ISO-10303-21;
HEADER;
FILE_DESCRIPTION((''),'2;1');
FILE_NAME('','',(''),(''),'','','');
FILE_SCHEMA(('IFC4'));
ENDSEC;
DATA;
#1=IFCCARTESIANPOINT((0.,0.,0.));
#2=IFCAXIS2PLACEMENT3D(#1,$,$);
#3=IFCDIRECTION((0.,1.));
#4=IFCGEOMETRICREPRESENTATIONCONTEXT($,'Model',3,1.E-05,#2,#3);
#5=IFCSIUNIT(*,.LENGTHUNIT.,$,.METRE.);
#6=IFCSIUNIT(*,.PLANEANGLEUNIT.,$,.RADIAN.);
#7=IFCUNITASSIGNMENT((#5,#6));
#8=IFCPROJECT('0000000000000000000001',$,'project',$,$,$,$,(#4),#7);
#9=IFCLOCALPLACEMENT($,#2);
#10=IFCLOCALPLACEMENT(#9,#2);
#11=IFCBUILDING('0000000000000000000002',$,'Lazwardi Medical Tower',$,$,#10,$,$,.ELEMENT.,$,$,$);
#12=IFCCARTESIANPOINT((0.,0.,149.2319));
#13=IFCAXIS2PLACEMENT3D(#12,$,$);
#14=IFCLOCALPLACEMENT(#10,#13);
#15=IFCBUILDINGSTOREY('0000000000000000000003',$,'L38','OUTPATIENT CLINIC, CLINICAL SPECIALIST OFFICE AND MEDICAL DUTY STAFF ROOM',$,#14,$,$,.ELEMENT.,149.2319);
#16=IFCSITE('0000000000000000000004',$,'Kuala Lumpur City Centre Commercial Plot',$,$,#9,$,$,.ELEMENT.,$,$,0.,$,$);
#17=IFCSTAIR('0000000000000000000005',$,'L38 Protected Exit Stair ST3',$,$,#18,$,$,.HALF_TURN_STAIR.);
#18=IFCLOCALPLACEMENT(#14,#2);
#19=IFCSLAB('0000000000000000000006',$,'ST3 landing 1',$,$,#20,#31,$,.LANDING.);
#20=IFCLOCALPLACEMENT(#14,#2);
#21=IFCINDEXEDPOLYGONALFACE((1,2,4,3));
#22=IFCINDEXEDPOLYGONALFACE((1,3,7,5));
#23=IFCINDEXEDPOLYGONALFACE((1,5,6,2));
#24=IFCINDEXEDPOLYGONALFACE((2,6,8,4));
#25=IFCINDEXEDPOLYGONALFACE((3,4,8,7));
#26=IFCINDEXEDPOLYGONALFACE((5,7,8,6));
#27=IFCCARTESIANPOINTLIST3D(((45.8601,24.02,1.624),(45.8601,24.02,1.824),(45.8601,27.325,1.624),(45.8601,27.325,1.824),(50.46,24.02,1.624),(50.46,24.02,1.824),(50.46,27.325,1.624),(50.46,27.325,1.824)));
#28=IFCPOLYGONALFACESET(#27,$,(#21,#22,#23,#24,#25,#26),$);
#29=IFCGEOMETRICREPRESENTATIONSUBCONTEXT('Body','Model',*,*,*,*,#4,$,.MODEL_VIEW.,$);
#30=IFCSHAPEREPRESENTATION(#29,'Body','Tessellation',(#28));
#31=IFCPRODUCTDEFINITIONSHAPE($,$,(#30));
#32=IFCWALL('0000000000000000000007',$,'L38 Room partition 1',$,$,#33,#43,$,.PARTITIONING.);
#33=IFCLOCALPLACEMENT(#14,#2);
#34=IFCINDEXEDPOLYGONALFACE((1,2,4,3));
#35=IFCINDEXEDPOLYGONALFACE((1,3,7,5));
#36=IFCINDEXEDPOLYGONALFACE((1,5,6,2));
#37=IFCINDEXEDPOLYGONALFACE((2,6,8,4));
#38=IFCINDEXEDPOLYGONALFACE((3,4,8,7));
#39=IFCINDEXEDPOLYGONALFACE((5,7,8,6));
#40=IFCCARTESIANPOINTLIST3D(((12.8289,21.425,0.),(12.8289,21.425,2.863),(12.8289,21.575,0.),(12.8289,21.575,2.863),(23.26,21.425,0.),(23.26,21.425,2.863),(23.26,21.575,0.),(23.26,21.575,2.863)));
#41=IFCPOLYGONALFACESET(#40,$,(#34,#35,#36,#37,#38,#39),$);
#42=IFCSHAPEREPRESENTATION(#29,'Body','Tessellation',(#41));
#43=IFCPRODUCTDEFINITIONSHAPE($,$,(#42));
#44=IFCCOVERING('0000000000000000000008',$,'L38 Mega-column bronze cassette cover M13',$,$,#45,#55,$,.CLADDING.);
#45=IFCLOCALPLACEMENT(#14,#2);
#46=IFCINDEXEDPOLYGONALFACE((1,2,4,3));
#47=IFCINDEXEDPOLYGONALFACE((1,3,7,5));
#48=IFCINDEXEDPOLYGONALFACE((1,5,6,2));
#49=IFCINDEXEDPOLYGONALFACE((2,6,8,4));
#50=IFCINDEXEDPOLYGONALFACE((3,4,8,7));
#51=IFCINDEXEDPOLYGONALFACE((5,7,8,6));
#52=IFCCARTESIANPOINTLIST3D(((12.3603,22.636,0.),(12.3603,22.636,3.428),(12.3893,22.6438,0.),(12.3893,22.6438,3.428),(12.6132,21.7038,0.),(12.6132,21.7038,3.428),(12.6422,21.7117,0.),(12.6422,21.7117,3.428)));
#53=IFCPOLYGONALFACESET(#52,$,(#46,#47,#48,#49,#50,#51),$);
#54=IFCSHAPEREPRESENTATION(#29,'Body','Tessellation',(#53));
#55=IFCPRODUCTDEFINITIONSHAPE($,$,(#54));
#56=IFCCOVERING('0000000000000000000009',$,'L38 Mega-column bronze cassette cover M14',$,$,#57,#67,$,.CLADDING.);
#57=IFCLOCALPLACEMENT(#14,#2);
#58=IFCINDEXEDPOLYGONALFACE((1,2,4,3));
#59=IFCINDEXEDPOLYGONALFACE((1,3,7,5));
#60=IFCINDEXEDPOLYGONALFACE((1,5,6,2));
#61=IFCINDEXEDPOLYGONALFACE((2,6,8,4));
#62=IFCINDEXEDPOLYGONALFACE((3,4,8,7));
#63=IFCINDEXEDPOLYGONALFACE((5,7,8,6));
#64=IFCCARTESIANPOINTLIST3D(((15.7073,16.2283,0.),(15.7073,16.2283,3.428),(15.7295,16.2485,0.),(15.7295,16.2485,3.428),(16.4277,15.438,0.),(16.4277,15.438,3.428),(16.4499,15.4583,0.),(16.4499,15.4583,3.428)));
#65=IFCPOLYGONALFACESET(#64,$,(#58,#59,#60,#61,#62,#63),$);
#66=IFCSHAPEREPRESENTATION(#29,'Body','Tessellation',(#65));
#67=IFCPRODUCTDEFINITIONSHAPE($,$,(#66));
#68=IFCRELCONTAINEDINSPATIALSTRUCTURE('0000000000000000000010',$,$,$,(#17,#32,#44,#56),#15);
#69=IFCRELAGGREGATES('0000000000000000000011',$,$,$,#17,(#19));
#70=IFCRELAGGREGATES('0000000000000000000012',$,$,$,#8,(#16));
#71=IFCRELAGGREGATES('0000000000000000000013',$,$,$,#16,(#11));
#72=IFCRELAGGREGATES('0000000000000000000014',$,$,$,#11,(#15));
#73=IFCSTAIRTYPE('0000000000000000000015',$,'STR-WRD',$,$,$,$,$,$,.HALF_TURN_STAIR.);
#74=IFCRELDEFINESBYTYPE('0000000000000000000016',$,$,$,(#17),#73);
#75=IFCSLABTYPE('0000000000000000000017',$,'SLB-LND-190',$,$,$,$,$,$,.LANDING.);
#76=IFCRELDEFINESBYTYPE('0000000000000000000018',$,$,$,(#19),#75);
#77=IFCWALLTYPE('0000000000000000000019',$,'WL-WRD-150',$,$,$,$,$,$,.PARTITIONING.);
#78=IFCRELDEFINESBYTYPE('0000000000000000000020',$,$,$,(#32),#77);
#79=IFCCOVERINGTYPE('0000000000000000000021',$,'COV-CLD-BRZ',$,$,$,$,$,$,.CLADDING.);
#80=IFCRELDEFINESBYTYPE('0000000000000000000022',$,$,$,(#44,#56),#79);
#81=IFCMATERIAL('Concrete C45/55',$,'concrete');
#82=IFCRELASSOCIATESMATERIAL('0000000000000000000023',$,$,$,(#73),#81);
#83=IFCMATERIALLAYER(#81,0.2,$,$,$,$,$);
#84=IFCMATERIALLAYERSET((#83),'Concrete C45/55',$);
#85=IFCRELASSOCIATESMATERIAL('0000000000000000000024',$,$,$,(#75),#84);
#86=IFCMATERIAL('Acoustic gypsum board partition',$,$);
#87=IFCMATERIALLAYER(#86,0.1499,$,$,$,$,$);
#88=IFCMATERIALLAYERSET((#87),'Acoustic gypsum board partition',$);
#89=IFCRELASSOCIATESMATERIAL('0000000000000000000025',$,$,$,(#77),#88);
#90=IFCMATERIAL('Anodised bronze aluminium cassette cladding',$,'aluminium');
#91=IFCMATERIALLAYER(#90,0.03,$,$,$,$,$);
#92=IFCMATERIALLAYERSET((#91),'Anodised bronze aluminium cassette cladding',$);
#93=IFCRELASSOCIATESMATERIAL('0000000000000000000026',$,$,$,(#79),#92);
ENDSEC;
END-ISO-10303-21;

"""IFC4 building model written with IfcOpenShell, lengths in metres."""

from ifc_helpers import new_model, si_unit, direction, frame, frame_2d, origin, origin_2d, place, context, subcontext, project, spatial, polyline, rectangle, outline, extrude, material, layer, layer_set, type_object, element, aggregate, save


model = new_model("IFC4")

# Units and contexts
model_context = context("Model", 3, precision=1e-05, world=origin(), true_north=direction((0.0, 1.0)))
body_context = subcontext(model_context, "Body", "Model", "MODEL_VIEW")
ifc_project = project(units=[si_unit("LENGTHUNIT", "METRE"), si_unit("PLANEANGLEUNIT", "RADIAN")], contexts=[model_context])

# Site, building, storey
site_placement = place(None, origin())
site = spatial("IfcSite", under=ifc_project, at=site_placement, Name="Kuala Lumpur City Centre Commercial Plot", CompositionType="ELEMENT", RefElevation=0.0)
building_placement = place(site_placement, origin())
building = spatial("IfcBuilding", under=site, at=building_placement, Name="Lazwardi Medical Tower", CompositionType="ELEMENT")
storey_placement = place(building_placement, frame((0.0, 0.0, 149.2319)))
storey = spatial("IfcBuildingStorey", under=building, at=storey_placement, Name="L38", Description="OUTPATIENT CLINIC, CLINICAL SPECIALIST OFFICE AND MEDICAL DUTY STAFF ROOM", CompositionType="ELEMENT", Elevation=149.2319)

# Stair, slab
ifc_material_1 = material(Name="Concrete C45/55", Category="concrete")
stair_type = type_object("IfcStairType", Name="STR-WRD", PredefinedType="HALF_TURN_STAIR", material=ifc_material_1)
ifc_layer_1 = layer(ifc_material_1, 0.2)
ifc_layer_set_1 = layer_set([ifc_layer_1], Name="Concrete C45/55")
slab_type = type_object("IfcSlabType", Name="SLB-LND-190", PredefinedType="LANDING", material=ifc_layer_set_1)
stair_1_placement = place(storey_placement, origin())
stair_1 = element("IfcStair", 1, at=stair_1_placement, inside=storey, type_object=stair_type, Name="L38 Protected Exit Stair ST3", PredefinedType="HALF_TURN_STAIR")
slab_1_placement = place(storey_placement, frame((0.0, 0.0, 1.624)))
slab_1 = element("IfcSlab", 2, at=slab_1_placement, type_object=slab_type, Name="ST3 landing 1", PredefinedType="LANDING", context=body_context, shape_type="SweptSolid", body=[
    extrude(outline(polyline([(45.8601, 27.325), (45.8601, 24.02), (50.46, 24.02), (50.46, 27.325), (45.8601, 27.325)])), origin(), (0.0, 0.0, 1.0), 0.2),
])
aggregate(stair_1, [slab_1])

# Wall
ifc_material_2 = material(Name="Acoustic gypsum board partition")
ifc_layer_2 = layer(ifc_material_2, 0.1499)
ifc_layer_set_2 = layer_set([ifc_layer_2], Name="Acoustic gypsum board partition")
wall_type = type_object("IfcWallType", Name="WL-WRD-150", PredefinedType="PARTITIONING", material=ifc_layer_set_2)
wall_placement = place(storey_placement, frame((12.8289, 21.5, 0.0), z_axis=(0.0, 0.0, 1.0), x_axis=(1.0, 0.0, 0.0)))
element("IfcWall", 3, at=wall_placement, inside=storey, type_object=wall_type, Name="L38 Room partition 1", PredefinedType="PARTITIONING", context=body_context, shape_type="SweptSolid", body=[
    extrude(rectangle(XDim=10.4312, YDim=0.1499, at=frame_2d((5.2156, 0.0))), origin(), (0.0, 0.0, 1.0), 2.863),
])

# Coverings
ifc_material_3 = material(Name="Anodised bronze aluminium cassette cladding", Category="aluminium")
ifc_layer_3 = layer(ifc_material_3, 0.03)
ifc_layer_set_3 = layer_set([ifc_layer_3], Name="Anodised bronze aluminium cassette cladding")
covering_type = type_object("IfcCoveringType", Name="COV-CLD-BRZ", PredefinedType="CLADDING", material=ifc_layer_set_3)
covering_1_placement = place(storey_placement, frame((12.5012, 22.1738, 0.0), z_axis=(0.0, 0.0, 1.0), x_axis=(0.261829, -0.965114, 0.0)))
element("IfcCovering", 4, at=covering_1_placement, inside=storey, type_object=covering_type, Name="L38 Mega-column bronze cassette cover M13", PredefinedType="CLADDING", context=body_context, shape_type="SweptSolid", body=[
    extrude(rectangle(XDim=0.9658, YDim=0.03, at=origin_2d()), origin(), (0.0, 0.0, 1.0), 3.428),
])
covering_2_placement = place(storey_placement, frame((16.0786, 15.8433, 0.0), z_axis=(0.0, 0.0, 1.0), x_axis=(0.673714, -0.738992, 0.0)))
element("IfcCovering", 5, at=covering_2_placement, inside=storey, type_object=covering_type, Name="L38 Mega-column bronze cassette cover M14", PredefinedType="CLADDING", context=body_context, shape_type="SweptSolid", body=[
    extrude(rectangle(XDim=1.0693, YDim=0.03, at=origin_2d()), origin(), (0.0, 0.0, 1.0), 3.428),
])

save(model, "model.ifc")
